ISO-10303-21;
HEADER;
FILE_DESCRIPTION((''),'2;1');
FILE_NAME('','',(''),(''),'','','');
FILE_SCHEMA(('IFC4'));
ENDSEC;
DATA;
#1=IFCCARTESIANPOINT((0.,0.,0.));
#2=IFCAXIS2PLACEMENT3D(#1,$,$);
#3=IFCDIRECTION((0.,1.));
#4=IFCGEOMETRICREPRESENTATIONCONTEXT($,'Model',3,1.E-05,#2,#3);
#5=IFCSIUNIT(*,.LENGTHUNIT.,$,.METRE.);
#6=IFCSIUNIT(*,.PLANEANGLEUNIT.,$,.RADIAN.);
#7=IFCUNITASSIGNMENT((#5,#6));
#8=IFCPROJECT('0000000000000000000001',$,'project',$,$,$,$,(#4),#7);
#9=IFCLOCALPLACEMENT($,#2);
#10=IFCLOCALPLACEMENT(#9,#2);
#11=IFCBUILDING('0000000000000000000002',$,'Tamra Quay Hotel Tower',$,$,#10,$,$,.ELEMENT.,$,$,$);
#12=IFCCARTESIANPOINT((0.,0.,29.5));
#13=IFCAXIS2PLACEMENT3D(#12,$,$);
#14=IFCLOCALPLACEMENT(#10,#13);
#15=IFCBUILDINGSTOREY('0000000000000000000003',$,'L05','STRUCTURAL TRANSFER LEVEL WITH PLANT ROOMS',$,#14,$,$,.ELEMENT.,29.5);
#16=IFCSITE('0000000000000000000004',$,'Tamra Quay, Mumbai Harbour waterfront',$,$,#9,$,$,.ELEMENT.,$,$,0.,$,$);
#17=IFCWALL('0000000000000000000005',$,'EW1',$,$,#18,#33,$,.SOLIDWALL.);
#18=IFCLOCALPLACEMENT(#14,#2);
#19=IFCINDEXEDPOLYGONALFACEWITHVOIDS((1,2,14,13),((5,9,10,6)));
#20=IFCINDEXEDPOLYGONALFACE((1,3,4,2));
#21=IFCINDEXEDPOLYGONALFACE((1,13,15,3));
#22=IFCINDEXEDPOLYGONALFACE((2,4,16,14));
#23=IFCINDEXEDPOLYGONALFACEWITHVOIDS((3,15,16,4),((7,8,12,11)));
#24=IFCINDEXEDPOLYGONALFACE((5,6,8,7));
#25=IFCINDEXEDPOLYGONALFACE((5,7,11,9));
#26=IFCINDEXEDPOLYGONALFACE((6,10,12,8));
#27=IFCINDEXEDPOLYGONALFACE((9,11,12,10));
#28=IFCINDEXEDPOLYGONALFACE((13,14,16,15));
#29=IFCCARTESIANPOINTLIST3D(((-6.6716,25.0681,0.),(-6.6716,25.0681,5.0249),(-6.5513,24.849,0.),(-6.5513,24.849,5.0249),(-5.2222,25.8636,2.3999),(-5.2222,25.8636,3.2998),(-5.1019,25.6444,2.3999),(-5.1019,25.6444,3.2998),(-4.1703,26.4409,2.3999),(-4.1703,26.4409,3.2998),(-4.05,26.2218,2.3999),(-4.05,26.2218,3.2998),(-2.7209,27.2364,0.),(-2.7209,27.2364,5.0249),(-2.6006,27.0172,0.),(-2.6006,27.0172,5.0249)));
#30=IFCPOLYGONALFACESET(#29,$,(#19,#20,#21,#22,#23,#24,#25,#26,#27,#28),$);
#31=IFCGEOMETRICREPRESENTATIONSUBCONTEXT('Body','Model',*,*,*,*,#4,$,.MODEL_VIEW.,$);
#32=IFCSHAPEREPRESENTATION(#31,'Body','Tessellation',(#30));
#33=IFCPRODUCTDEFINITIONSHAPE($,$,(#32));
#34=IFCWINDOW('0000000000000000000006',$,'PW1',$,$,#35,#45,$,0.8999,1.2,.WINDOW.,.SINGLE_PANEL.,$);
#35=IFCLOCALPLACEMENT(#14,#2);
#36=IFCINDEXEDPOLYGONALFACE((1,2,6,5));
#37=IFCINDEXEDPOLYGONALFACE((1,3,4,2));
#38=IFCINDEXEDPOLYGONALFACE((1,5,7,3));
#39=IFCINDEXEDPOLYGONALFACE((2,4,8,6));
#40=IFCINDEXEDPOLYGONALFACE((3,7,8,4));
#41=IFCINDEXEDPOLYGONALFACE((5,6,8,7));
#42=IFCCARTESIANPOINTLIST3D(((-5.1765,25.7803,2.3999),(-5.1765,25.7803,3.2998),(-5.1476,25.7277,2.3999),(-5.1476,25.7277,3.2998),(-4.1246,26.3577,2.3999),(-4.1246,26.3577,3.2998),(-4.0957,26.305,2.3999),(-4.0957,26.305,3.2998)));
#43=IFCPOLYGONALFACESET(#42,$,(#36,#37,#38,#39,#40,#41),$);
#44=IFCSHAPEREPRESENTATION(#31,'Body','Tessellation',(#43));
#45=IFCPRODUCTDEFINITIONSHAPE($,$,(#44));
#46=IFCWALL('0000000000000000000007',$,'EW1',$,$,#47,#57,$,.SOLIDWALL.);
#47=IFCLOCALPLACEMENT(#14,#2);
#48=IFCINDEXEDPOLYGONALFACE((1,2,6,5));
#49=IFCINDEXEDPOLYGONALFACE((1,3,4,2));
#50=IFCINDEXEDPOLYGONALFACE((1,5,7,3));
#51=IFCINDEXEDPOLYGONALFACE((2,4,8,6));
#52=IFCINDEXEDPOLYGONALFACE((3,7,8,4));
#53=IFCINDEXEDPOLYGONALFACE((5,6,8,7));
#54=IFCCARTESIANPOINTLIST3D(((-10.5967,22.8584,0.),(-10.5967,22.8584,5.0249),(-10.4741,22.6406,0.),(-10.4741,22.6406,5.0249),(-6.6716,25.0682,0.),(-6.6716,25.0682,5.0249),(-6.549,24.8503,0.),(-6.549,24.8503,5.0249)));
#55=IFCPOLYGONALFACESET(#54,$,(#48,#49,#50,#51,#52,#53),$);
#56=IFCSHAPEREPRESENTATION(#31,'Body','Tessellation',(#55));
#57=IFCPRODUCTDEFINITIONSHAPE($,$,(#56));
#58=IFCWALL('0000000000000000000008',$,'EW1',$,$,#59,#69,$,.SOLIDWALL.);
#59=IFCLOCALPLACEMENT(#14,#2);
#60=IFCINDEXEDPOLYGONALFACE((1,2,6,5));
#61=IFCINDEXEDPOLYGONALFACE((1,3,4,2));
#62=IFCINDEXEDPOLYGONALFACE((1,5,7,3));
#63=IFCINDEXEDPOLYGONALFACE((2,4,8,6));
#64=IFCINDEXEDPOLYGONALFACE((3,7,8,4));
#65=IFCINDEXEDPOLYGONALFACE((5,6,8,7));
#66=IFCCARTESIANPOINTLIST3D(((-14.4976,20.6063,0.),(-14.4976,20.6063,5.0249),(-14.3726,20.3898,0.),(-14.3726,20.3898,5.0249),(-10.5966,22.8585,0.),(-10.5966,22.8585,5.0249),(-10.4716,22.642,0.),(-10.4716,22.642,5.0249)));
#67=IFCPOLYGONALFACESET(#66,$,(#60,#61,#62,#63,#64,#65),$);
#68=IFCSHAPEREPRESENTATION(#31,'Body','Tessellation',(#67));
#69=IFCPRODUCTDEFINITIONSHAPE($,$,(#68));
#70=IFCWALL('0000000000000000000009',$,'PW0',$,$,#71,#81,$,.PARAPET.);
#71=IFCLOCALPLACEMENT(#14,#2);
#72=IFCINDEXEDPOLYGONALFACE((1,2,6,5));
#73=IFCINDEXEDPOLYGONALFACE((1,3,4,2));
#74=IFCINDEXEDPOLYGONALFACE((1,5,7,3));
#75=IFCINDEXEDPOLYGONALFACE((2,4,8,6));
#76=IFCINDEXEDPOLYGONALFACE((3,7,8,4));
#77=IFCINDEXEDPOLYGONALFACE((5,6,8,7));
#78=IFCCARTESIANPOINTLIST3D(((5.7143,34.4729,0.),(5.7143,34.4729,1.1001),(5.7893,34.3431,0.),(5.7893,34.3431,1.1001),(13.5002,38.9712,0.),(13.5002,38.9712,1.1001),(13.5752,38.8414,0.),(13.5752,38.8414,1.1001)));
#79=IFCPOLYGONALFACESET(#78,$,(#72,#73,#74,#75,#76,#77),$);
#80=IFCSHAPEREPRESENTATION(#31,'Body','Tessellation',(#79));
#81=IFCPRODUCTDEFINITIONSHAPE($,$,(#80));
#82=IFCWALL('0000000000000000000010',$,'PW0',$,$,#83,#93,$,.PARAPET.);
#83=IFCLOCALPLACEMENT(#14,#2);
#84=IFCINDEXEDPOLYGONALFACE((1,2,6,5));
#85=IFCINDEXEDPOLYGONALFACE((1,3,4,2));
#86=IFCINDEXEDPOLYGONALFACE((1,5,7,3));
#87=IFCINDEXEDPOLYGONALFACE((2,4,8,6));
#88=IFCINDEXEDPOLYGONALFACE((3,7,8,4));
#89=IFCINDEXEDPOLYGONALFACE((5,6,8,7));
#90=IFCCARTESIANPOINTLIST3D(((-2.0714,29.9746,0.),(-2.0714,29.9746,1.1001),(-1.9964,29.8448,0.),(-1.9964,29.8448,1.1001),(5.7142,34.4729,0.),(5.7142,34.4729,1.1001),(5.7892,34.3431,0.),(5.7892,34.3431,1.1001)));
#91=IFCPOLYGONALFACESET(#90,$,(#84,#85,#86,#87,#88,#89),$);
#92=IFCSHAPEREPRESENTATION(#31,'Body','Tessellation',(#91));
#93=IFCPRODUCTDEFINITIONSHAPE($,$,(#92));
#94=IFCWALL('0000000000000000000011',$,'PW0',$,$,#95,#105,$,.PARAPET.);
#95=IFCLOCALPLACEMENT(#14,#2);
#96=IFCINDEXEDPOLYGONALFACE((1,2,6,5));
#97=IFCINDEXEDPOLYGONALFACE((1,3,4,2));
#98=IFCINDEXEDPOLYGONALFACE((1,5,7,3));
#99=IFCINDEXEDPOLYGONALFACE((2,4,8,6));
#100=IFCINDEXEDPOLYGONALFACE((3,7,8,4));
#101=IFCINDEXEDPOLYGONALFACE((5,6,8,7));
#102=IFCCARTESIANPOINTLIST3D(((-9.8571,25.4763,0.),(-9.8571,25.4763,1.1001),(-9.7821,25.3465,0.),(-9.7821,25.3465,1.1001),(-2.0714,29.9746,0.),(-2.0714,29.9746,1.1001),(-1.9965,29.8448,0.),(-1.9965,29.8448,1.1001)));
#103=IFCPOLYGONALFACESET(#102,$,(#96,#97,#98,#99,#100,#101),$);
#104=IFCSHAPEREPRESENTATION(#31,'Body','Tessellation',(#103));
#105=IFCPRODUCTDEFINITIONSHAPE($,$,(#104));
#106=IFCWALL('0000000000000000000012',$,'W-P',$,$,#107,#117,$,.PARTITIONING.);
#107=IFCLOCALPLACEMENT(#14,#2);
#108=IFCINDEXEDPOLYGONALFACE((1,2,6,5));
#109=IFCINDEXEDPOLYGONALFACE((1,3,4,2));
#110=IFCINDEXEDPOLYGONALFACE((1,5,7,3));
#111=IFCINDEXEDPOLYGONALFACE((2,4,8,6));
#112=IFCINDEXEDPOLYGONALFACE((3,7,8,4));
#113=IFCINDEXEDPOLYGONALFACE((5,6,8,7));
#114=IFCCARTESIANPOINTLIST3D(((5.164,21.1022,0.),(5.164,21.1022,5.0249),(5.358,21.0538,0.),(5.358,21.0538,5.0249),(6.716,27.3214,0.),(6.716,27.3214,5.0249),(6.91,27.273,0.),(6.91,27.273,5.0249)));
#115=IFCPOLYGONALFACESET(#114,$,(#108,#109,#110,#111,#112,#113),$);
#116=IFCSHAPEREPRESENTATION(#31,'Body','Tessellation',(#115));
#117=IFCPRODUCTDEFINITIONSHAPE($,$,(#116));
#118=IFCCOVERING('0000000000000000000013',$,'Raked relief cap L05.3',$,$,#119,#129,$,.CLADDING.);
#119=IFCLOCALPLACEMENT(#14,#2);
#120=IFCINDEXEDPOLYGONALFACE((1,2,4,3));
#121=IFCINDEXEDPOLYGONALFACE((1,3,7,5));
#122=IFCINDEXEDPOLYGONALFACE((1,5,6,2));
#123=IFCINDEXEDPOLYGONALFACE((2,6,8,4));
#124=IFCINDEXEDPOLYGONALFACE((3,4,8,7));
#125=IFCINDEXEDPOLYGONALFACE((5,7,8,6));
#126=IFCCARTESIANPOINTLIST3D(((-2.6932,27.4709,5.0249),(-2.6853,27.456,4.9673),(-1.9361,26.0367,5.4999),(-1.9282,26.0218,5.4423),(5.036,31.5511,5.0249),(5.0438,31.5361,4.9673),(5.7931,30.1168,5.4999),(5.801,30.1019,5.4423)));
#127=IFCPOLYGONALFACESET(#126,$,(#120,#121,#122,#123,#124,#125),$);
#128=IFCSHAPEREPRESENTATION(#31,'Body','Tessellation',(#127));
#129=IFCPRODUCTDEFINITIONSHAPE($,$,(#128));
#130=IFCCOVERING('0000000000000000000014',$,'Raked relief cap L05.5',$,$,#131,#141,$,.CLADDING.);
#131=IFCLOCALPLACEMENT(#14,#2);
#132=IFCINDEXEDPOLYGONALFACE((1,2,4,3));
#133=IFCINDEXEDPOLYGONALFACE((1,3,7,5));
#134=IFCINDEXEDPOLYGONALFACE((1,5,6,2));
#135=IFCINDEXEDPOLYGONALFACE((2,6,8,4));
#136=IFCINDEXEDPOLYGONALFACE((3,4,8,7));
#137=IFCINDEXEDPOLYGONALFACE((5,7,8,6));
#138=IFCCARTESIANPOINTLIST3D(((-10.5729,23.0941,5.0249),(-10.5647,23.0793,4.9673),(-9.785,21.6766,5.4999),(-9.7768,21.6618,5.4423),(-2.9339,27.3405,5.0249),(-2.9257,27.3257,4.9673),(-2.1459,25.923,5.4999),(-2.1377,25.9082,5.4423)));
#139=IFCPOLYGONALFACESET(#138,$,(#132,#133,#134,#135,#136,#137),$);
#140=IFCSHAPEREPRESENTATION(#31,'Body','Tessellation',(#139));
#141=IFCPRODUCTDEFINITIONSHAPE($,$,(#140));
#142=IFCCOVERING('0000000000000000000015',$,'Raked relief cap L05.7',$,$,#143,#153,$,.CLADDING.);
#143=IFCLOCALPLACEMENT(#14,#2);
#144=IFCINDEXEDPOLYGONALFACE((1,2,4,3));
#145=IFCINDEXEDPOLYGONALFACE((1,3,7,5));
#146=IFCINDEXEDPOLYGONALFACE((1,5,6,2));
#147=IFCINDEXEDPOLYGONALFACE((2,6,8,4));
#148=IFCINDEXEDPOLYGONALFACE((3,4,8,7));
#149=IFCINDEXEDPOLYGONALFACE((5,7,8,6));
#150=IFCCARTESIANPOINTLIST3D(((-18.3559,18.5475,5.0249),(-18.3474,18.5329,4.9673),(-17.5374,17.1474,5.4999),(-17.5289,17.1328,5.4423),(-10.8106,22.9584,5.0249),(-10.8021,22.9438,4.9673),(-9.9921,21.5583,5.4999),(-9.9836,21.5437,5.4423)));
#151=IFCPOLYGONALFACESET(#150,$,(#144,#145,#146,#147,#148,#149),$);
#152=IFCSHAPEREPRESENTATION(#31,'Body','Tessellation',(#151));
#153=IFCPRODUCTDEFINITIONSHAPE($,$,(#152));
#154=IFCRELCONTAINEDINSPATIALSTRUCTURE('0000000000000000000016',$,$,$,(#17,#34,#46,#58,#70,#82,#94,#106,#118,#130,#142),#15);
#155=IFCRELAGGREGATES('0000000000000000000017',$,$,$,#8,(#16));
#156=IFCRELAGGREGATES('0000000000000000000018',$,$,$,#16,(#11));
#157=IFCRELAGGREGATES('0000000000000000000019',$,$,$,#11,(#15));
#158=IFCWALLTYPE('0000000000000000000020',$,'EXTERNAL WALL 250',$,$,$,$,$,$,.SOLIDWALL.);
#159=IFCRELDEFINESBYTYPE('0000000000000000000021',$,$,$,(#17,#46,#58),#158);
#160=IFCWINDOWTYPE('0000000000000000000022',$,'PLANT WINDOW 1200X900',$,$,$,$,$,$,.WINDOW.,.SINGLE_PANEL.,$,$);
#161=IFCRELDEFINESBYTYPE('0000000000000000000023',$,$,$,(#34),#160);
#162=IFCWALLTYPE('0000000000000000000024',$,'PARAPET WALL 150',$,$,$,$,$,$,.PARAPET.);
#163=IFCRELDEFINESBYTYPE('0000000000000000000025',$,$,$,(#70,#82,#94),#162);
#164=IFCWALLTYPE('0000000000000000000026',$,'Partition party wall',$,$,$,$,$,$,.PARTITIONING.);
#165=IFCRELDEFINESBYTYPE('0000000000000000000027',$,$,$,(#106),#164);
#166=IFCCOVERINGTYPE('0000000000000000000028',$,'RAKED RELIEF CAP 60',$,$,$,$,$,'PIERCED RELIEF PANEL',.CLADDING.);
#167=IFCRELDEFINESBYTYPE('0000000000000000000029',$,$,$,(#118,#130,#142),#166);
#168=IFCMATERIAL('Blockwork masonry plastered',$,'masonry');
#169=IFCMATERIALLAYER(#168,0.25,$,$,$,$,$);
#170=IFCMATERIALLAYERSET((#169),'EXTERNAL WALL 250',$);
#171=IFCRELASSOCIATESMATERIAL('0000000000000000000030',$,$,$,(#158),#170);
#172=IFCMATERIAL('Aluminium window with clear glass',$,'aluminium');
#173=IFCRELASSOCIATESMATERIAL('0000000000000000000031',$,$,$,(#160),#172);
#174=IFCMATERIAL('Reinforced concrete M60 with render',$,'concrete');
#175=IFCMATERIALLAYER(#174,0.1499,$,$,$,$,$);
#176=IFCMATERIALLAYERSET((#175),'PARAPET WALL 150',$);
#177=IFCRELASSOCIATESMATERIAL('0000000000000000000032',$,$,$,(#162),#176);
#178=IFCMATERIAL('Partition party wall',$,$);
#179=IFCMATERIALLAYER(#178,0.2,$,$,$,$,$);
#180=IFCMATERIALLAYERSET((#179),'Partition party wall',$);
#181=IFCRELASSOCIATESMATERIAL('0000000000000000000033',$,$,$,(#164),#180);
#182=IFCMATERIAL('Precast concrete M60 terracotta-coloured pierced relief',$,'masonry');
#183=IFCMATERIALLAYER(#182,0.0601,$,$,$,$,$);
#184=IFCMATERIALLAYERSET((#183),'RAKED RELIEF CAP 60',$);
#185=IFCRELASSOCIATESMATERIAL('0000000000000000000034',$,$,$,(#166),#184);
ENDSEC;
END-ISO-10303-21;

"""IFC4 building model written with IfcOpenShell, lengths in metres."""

from ifc_helpers import new_model, si_unit, direction, frame, frame_2d, origin, place, context, subcontext, project, spatial, rectangle, extrude, source, transform, mapped, material, layer, layer_set, type_object, element, fill, save


model = new_model("IFC4")

# Units and contexts
model_context = context("Model", 3, precision=1e-05, world=origin(), true_north=direction((0.0, 1.0)))
body_context = subcontext(model_context, "Body", "Model", "MODEL_VIEW")
ifc_project = project(units=[si_unit("LENGTHUNIT", "METRE"), si_unit("PLANEANGLEUNIT", "RADIAN")], contexts=[model_context])

# Site, building, storey
site_placement = place(None, origin())
site = spatial("IfcSite", under=ifc_project, at=site_placement, Name="Tamra Quay, Mumbai Harbour waterfront", CompositionType="ELEMENT", RefElevation=0.0)
building_placement = place(site_placement, origin())
building = spatial("IfcBuilding", under=site, at=building_placement, Name="Tamra Quay Hotel Tower", CompositionType="ELEMENT")
storey_placement = place(building_placement, frame((0.0, 0.0, 29.5)))
storey = spatial("IfcBuildingStorey", under=building, at=storey_placement, Name="L05", Description="STRUCTURAL TRANSFER LEVEL WITH PLANT ROOMS", CompositionType="ELEMENT", Elevation=29.5)

# Shared definitions
ifc_material_1 = material(Name="Blockwork masonry plastered", Category="masonry")
ifc_layer_1 = layer(ifc_material_1, 0.25)
ifc_layer_set_1 = layer_set([ifc_layer_1], Name="EXTERNAL WALL 250")
wall_type_1 = type_object("IfcWallType", Name="EXTERNAL WALL 250", PredefinedType="SOLIDWALL", material=ifc_layer_set_1)
ifc_material_2 = material(Name="Aluminium window with clear glass", Category="aluminium")
window_type = type_object("IfcWindowType", Name="PLANT WINDOW 1200X900", PartitioningType="SINGLE_PANEL", PredefinedType="WINDOW", material=ifc_material_2)

# Wall, opening, window
wall_1_placement = place(storey_placement, frame((-6.6116, 24.9585, 0.0), z_axis=(0.0, 0.0, 1.0), x_axis=(0.876652, 0.481124, 0.0)))
wall_1 = element("IfcWall", 1, at=wall_1_placement, inside=storey, type_object=wall_type_1, Name="EW1", PredefinedType="SOLIDWALL", context=body_context, shape_type="SweptSolid", body=[
    extrude(rectangle(XDim=4.5066, YDim=0.25, at=frame_2d((2.2534, 0.0))), origin(), (0.0, 0.0, 1.0), 5.0249),
])
opening_1_placement = place(wall_1_placement, frame((1.6533, 0.0, 2.3999)))
opening_1 = element("IfcOpeningElement", 2, at=opening_1_placement, cuts=wall_1, PredefinedType="OPENING", context=body_context, shape_type="SweptSolid", body=[
    extrude(rectangle(XDim=1.2, YDim=0.8999, at=frame_2d((0.6001, 0.45))), frame((0.0, 0.135, 0.0), z_axis=(0.0, -1.0, 0.0), x_axis=(1.0, 0.0, 0.0)), (0.0, 0.0, 1.0), 0.27),
])
window_1_placement = place(opening_1_placement, origin())
window_1 = element("IfcWindow", 3, at=window_1_placement, inside=storey, type_object=window_type, Name="PW1", OverallHeight=0.8999, OverallWidth=1.2, PartitioningType="SINGLE_PANEL", PredefinedType="WINDOW", context=body_context, shape_type="SweptSolid", body=[
    extrude(rectangle(XDim=1.2, YDim=0.8999, at=frame_2d((0.6001, 0.45))), frame((0.0, 0.03, 0.0), z_axis=(0.0, -1.0, 0.0), x_axis=(1.0, 0.0, 0.0)), (0.0, 0.0, 1.0), 0.0601),
])
fill(opening_1, window_1)

# Walls
for number, where, z_axis, x_axis, name in (
    (4, (-10.5354, 22.7495, 0.0), (0.0, 0.0, 1.0), (0.871397, 0.490578, 0.0), "EW1"),
    (5, (-14.4351, 20.498, 0.0), (0.0, 0.0, 1.0), (0.866023, 0.500004, 0.0), "EW1"),
):
    element("IfcWall", number, at=place(storey_placement, frame(where, z_axis=z_axis, x_axis=x_axis)), inside=storey, type_object=wall_type_1, Name=name, PredefinedType="SOLIDWALL", context=body_context, shape_type="SweptSolid", body=[
        extrude(rectangle(XDim=4.5044, YDim=0.25, at=frame_2d((2.2522, 0.0))), origin(), (0.0, 0.0, 1.0), 5.0249),
    ])
ifc_material_3 = material(Name="Reinforced concrete M60 with render", Category="concrete")
ifc_layer_2 = layer(ifc_material_3, 0.1499)
ifc_layer_set_2 = layer_set([ifc_layer_2], Name="PARAPET WALL 150")
wall_type_2 = type_object("IfcWallType", Name="PARAPET WALL 150", PredefinedType="PARAPET", material=ifc_layer_set_2)
wall_2_placement = place(storey_placement, frame((5.7517, 34.408, 0.0), z_axis=(0.0, 0.0, 1.0), x_axis=(0.865876, 0.500259, 0.0)))
element("IfcWall", 6, at=wall_2_placement, inside=storey, type_object=wall_type_2, Name="PW0", PredefinedType="PARAPET", context=body_context, shape_type="SweptSolid", body=[
    extrude(rectangle(XDim=8.9919, YDim=0.1499, at=frame_2d((4.4961, 0.0))), origin(), (0.0, 0.0, 1.0), 1.1001),
])
for number, where, z_axis, x_axis, name in (
    (7, (-2.0339, 29.9097, 0.0), (0.0, 0.0, 1.0), (0.865869, 0.500271, 0.0), "PW0"),
    (8, (-9.8196, 25.4114, 0.0), (0.0, 0.0, 1.0), (0.865869, 0.500271, 0.0), "PW0"),
):
    element("IfcWall", number, at=place(storey_placement, frame(where, z_axis=z_axis, x_axis=x_axis)), inside=storey, type_object=wall_type_2, Name=name, PredefinedType="PARAPET", context=body_context, shape_type="SweptSolid", body=[
        extrude(rectangle(XDim=8.9917, YDim=0.1499, at=frame_2d((4.4958, 0.0))), origin(), (0.0, 0.0, 1.0), 1.1001),
    ])
ifc_material_4 = material(Name="Partition party wall")
ifc_layer_3 = layer(ifc_material_4, 0.2)
ifc_layer_set_3 = layer_set([ifc_layer_3], Name="Partition party wall")
wall_type_3 = type_object("IfcWallType", Name="Partition party wall", PredefinedType="PARTITIONING", material=ifc_layer_set_3)
wall_3_placement = place(storey_placement, frame((5.261, 21.0779, 0.0), z_axis=(0.0, 0.0, 1.0), x_axis=(0.242123, 0.970245, 0.0)))
element("IfcWall", 9, at=wall_3_placement, inside=storey, type_object=wall_type_3, Name="W-P", PredefinedType="PARTITIONING", context=body_context, shape_type="SweptSolid", body=[
    extrude(rectangle(XDim=6.4099, YDim=0.2, at=frame_2d((3.2051, 0.0))), origin(), (0.0, 0.0, 1.0), 5.0249),
])

# Coverings
ifc_material_5 = material(Name="Precast concrete M60 terracotta-coloured pierced relief", Category="masonry")
ifc_layer_4 = layer(ifc_material_5, 0.0601)
ifc_layer_set_4 = layer_set([ifc_layer_4], Name="RAKED RELIEF CAP 60")
covering_type_1 = type_object("IfcCoveringType", Name="RAKED RELIEF CAP 60", ElementType="PIERCED RELIEF PANEL", PredefinedType="CLADDING", material=ifc_layer_set_4)
shared_shape_1 = source(origin(), body_context, "Body", "SweptSolid", [
    extrude(rectangle(XDim=8.74, YDim=1.6899, at=frame_2d((4.3701, 0.845))), frame((-4.3701, 0.0, -0.0601)), (0.0, 0.0, 1.0), 0.0601),
])
for number, where, z_axis, x_axis, name in (
    (10, (1.1714, 29.511, 5.0249), (-0.131229, 0.248591, 0.959678), (-0.884344, -0.466836, 0.0), "Raked relief cap L05.3"),
    (11, (-6.7534, 25.2173, 5.0249), (-0.136577, 0.245693, 0.959678), (-0.874035, -0.485863, 0.0), "Raked relief cap L05.5"),
    (12, (-14.5833, 20.7529, 5.0249), (-0.141868, 0.242677, 0.959678), (-0.863304, -0.504685, 0.0), "Raked relief cap L05.7"),
):
    element("IfcCovering", number, at=place(storey_placement, frame(where, z_axis=z_axis, x_axis=x_axis)), inside=storey, type_object=covering_type_1, Name=name, PredefinedType="CLADDING", context=body_context, shape_type="MappedRepresentation", body=[
        mapped(shared_shape_1, transform((0.0, 0.0, 0.0), scale=1.0)),
    ])

save(model, "model.ifc")
